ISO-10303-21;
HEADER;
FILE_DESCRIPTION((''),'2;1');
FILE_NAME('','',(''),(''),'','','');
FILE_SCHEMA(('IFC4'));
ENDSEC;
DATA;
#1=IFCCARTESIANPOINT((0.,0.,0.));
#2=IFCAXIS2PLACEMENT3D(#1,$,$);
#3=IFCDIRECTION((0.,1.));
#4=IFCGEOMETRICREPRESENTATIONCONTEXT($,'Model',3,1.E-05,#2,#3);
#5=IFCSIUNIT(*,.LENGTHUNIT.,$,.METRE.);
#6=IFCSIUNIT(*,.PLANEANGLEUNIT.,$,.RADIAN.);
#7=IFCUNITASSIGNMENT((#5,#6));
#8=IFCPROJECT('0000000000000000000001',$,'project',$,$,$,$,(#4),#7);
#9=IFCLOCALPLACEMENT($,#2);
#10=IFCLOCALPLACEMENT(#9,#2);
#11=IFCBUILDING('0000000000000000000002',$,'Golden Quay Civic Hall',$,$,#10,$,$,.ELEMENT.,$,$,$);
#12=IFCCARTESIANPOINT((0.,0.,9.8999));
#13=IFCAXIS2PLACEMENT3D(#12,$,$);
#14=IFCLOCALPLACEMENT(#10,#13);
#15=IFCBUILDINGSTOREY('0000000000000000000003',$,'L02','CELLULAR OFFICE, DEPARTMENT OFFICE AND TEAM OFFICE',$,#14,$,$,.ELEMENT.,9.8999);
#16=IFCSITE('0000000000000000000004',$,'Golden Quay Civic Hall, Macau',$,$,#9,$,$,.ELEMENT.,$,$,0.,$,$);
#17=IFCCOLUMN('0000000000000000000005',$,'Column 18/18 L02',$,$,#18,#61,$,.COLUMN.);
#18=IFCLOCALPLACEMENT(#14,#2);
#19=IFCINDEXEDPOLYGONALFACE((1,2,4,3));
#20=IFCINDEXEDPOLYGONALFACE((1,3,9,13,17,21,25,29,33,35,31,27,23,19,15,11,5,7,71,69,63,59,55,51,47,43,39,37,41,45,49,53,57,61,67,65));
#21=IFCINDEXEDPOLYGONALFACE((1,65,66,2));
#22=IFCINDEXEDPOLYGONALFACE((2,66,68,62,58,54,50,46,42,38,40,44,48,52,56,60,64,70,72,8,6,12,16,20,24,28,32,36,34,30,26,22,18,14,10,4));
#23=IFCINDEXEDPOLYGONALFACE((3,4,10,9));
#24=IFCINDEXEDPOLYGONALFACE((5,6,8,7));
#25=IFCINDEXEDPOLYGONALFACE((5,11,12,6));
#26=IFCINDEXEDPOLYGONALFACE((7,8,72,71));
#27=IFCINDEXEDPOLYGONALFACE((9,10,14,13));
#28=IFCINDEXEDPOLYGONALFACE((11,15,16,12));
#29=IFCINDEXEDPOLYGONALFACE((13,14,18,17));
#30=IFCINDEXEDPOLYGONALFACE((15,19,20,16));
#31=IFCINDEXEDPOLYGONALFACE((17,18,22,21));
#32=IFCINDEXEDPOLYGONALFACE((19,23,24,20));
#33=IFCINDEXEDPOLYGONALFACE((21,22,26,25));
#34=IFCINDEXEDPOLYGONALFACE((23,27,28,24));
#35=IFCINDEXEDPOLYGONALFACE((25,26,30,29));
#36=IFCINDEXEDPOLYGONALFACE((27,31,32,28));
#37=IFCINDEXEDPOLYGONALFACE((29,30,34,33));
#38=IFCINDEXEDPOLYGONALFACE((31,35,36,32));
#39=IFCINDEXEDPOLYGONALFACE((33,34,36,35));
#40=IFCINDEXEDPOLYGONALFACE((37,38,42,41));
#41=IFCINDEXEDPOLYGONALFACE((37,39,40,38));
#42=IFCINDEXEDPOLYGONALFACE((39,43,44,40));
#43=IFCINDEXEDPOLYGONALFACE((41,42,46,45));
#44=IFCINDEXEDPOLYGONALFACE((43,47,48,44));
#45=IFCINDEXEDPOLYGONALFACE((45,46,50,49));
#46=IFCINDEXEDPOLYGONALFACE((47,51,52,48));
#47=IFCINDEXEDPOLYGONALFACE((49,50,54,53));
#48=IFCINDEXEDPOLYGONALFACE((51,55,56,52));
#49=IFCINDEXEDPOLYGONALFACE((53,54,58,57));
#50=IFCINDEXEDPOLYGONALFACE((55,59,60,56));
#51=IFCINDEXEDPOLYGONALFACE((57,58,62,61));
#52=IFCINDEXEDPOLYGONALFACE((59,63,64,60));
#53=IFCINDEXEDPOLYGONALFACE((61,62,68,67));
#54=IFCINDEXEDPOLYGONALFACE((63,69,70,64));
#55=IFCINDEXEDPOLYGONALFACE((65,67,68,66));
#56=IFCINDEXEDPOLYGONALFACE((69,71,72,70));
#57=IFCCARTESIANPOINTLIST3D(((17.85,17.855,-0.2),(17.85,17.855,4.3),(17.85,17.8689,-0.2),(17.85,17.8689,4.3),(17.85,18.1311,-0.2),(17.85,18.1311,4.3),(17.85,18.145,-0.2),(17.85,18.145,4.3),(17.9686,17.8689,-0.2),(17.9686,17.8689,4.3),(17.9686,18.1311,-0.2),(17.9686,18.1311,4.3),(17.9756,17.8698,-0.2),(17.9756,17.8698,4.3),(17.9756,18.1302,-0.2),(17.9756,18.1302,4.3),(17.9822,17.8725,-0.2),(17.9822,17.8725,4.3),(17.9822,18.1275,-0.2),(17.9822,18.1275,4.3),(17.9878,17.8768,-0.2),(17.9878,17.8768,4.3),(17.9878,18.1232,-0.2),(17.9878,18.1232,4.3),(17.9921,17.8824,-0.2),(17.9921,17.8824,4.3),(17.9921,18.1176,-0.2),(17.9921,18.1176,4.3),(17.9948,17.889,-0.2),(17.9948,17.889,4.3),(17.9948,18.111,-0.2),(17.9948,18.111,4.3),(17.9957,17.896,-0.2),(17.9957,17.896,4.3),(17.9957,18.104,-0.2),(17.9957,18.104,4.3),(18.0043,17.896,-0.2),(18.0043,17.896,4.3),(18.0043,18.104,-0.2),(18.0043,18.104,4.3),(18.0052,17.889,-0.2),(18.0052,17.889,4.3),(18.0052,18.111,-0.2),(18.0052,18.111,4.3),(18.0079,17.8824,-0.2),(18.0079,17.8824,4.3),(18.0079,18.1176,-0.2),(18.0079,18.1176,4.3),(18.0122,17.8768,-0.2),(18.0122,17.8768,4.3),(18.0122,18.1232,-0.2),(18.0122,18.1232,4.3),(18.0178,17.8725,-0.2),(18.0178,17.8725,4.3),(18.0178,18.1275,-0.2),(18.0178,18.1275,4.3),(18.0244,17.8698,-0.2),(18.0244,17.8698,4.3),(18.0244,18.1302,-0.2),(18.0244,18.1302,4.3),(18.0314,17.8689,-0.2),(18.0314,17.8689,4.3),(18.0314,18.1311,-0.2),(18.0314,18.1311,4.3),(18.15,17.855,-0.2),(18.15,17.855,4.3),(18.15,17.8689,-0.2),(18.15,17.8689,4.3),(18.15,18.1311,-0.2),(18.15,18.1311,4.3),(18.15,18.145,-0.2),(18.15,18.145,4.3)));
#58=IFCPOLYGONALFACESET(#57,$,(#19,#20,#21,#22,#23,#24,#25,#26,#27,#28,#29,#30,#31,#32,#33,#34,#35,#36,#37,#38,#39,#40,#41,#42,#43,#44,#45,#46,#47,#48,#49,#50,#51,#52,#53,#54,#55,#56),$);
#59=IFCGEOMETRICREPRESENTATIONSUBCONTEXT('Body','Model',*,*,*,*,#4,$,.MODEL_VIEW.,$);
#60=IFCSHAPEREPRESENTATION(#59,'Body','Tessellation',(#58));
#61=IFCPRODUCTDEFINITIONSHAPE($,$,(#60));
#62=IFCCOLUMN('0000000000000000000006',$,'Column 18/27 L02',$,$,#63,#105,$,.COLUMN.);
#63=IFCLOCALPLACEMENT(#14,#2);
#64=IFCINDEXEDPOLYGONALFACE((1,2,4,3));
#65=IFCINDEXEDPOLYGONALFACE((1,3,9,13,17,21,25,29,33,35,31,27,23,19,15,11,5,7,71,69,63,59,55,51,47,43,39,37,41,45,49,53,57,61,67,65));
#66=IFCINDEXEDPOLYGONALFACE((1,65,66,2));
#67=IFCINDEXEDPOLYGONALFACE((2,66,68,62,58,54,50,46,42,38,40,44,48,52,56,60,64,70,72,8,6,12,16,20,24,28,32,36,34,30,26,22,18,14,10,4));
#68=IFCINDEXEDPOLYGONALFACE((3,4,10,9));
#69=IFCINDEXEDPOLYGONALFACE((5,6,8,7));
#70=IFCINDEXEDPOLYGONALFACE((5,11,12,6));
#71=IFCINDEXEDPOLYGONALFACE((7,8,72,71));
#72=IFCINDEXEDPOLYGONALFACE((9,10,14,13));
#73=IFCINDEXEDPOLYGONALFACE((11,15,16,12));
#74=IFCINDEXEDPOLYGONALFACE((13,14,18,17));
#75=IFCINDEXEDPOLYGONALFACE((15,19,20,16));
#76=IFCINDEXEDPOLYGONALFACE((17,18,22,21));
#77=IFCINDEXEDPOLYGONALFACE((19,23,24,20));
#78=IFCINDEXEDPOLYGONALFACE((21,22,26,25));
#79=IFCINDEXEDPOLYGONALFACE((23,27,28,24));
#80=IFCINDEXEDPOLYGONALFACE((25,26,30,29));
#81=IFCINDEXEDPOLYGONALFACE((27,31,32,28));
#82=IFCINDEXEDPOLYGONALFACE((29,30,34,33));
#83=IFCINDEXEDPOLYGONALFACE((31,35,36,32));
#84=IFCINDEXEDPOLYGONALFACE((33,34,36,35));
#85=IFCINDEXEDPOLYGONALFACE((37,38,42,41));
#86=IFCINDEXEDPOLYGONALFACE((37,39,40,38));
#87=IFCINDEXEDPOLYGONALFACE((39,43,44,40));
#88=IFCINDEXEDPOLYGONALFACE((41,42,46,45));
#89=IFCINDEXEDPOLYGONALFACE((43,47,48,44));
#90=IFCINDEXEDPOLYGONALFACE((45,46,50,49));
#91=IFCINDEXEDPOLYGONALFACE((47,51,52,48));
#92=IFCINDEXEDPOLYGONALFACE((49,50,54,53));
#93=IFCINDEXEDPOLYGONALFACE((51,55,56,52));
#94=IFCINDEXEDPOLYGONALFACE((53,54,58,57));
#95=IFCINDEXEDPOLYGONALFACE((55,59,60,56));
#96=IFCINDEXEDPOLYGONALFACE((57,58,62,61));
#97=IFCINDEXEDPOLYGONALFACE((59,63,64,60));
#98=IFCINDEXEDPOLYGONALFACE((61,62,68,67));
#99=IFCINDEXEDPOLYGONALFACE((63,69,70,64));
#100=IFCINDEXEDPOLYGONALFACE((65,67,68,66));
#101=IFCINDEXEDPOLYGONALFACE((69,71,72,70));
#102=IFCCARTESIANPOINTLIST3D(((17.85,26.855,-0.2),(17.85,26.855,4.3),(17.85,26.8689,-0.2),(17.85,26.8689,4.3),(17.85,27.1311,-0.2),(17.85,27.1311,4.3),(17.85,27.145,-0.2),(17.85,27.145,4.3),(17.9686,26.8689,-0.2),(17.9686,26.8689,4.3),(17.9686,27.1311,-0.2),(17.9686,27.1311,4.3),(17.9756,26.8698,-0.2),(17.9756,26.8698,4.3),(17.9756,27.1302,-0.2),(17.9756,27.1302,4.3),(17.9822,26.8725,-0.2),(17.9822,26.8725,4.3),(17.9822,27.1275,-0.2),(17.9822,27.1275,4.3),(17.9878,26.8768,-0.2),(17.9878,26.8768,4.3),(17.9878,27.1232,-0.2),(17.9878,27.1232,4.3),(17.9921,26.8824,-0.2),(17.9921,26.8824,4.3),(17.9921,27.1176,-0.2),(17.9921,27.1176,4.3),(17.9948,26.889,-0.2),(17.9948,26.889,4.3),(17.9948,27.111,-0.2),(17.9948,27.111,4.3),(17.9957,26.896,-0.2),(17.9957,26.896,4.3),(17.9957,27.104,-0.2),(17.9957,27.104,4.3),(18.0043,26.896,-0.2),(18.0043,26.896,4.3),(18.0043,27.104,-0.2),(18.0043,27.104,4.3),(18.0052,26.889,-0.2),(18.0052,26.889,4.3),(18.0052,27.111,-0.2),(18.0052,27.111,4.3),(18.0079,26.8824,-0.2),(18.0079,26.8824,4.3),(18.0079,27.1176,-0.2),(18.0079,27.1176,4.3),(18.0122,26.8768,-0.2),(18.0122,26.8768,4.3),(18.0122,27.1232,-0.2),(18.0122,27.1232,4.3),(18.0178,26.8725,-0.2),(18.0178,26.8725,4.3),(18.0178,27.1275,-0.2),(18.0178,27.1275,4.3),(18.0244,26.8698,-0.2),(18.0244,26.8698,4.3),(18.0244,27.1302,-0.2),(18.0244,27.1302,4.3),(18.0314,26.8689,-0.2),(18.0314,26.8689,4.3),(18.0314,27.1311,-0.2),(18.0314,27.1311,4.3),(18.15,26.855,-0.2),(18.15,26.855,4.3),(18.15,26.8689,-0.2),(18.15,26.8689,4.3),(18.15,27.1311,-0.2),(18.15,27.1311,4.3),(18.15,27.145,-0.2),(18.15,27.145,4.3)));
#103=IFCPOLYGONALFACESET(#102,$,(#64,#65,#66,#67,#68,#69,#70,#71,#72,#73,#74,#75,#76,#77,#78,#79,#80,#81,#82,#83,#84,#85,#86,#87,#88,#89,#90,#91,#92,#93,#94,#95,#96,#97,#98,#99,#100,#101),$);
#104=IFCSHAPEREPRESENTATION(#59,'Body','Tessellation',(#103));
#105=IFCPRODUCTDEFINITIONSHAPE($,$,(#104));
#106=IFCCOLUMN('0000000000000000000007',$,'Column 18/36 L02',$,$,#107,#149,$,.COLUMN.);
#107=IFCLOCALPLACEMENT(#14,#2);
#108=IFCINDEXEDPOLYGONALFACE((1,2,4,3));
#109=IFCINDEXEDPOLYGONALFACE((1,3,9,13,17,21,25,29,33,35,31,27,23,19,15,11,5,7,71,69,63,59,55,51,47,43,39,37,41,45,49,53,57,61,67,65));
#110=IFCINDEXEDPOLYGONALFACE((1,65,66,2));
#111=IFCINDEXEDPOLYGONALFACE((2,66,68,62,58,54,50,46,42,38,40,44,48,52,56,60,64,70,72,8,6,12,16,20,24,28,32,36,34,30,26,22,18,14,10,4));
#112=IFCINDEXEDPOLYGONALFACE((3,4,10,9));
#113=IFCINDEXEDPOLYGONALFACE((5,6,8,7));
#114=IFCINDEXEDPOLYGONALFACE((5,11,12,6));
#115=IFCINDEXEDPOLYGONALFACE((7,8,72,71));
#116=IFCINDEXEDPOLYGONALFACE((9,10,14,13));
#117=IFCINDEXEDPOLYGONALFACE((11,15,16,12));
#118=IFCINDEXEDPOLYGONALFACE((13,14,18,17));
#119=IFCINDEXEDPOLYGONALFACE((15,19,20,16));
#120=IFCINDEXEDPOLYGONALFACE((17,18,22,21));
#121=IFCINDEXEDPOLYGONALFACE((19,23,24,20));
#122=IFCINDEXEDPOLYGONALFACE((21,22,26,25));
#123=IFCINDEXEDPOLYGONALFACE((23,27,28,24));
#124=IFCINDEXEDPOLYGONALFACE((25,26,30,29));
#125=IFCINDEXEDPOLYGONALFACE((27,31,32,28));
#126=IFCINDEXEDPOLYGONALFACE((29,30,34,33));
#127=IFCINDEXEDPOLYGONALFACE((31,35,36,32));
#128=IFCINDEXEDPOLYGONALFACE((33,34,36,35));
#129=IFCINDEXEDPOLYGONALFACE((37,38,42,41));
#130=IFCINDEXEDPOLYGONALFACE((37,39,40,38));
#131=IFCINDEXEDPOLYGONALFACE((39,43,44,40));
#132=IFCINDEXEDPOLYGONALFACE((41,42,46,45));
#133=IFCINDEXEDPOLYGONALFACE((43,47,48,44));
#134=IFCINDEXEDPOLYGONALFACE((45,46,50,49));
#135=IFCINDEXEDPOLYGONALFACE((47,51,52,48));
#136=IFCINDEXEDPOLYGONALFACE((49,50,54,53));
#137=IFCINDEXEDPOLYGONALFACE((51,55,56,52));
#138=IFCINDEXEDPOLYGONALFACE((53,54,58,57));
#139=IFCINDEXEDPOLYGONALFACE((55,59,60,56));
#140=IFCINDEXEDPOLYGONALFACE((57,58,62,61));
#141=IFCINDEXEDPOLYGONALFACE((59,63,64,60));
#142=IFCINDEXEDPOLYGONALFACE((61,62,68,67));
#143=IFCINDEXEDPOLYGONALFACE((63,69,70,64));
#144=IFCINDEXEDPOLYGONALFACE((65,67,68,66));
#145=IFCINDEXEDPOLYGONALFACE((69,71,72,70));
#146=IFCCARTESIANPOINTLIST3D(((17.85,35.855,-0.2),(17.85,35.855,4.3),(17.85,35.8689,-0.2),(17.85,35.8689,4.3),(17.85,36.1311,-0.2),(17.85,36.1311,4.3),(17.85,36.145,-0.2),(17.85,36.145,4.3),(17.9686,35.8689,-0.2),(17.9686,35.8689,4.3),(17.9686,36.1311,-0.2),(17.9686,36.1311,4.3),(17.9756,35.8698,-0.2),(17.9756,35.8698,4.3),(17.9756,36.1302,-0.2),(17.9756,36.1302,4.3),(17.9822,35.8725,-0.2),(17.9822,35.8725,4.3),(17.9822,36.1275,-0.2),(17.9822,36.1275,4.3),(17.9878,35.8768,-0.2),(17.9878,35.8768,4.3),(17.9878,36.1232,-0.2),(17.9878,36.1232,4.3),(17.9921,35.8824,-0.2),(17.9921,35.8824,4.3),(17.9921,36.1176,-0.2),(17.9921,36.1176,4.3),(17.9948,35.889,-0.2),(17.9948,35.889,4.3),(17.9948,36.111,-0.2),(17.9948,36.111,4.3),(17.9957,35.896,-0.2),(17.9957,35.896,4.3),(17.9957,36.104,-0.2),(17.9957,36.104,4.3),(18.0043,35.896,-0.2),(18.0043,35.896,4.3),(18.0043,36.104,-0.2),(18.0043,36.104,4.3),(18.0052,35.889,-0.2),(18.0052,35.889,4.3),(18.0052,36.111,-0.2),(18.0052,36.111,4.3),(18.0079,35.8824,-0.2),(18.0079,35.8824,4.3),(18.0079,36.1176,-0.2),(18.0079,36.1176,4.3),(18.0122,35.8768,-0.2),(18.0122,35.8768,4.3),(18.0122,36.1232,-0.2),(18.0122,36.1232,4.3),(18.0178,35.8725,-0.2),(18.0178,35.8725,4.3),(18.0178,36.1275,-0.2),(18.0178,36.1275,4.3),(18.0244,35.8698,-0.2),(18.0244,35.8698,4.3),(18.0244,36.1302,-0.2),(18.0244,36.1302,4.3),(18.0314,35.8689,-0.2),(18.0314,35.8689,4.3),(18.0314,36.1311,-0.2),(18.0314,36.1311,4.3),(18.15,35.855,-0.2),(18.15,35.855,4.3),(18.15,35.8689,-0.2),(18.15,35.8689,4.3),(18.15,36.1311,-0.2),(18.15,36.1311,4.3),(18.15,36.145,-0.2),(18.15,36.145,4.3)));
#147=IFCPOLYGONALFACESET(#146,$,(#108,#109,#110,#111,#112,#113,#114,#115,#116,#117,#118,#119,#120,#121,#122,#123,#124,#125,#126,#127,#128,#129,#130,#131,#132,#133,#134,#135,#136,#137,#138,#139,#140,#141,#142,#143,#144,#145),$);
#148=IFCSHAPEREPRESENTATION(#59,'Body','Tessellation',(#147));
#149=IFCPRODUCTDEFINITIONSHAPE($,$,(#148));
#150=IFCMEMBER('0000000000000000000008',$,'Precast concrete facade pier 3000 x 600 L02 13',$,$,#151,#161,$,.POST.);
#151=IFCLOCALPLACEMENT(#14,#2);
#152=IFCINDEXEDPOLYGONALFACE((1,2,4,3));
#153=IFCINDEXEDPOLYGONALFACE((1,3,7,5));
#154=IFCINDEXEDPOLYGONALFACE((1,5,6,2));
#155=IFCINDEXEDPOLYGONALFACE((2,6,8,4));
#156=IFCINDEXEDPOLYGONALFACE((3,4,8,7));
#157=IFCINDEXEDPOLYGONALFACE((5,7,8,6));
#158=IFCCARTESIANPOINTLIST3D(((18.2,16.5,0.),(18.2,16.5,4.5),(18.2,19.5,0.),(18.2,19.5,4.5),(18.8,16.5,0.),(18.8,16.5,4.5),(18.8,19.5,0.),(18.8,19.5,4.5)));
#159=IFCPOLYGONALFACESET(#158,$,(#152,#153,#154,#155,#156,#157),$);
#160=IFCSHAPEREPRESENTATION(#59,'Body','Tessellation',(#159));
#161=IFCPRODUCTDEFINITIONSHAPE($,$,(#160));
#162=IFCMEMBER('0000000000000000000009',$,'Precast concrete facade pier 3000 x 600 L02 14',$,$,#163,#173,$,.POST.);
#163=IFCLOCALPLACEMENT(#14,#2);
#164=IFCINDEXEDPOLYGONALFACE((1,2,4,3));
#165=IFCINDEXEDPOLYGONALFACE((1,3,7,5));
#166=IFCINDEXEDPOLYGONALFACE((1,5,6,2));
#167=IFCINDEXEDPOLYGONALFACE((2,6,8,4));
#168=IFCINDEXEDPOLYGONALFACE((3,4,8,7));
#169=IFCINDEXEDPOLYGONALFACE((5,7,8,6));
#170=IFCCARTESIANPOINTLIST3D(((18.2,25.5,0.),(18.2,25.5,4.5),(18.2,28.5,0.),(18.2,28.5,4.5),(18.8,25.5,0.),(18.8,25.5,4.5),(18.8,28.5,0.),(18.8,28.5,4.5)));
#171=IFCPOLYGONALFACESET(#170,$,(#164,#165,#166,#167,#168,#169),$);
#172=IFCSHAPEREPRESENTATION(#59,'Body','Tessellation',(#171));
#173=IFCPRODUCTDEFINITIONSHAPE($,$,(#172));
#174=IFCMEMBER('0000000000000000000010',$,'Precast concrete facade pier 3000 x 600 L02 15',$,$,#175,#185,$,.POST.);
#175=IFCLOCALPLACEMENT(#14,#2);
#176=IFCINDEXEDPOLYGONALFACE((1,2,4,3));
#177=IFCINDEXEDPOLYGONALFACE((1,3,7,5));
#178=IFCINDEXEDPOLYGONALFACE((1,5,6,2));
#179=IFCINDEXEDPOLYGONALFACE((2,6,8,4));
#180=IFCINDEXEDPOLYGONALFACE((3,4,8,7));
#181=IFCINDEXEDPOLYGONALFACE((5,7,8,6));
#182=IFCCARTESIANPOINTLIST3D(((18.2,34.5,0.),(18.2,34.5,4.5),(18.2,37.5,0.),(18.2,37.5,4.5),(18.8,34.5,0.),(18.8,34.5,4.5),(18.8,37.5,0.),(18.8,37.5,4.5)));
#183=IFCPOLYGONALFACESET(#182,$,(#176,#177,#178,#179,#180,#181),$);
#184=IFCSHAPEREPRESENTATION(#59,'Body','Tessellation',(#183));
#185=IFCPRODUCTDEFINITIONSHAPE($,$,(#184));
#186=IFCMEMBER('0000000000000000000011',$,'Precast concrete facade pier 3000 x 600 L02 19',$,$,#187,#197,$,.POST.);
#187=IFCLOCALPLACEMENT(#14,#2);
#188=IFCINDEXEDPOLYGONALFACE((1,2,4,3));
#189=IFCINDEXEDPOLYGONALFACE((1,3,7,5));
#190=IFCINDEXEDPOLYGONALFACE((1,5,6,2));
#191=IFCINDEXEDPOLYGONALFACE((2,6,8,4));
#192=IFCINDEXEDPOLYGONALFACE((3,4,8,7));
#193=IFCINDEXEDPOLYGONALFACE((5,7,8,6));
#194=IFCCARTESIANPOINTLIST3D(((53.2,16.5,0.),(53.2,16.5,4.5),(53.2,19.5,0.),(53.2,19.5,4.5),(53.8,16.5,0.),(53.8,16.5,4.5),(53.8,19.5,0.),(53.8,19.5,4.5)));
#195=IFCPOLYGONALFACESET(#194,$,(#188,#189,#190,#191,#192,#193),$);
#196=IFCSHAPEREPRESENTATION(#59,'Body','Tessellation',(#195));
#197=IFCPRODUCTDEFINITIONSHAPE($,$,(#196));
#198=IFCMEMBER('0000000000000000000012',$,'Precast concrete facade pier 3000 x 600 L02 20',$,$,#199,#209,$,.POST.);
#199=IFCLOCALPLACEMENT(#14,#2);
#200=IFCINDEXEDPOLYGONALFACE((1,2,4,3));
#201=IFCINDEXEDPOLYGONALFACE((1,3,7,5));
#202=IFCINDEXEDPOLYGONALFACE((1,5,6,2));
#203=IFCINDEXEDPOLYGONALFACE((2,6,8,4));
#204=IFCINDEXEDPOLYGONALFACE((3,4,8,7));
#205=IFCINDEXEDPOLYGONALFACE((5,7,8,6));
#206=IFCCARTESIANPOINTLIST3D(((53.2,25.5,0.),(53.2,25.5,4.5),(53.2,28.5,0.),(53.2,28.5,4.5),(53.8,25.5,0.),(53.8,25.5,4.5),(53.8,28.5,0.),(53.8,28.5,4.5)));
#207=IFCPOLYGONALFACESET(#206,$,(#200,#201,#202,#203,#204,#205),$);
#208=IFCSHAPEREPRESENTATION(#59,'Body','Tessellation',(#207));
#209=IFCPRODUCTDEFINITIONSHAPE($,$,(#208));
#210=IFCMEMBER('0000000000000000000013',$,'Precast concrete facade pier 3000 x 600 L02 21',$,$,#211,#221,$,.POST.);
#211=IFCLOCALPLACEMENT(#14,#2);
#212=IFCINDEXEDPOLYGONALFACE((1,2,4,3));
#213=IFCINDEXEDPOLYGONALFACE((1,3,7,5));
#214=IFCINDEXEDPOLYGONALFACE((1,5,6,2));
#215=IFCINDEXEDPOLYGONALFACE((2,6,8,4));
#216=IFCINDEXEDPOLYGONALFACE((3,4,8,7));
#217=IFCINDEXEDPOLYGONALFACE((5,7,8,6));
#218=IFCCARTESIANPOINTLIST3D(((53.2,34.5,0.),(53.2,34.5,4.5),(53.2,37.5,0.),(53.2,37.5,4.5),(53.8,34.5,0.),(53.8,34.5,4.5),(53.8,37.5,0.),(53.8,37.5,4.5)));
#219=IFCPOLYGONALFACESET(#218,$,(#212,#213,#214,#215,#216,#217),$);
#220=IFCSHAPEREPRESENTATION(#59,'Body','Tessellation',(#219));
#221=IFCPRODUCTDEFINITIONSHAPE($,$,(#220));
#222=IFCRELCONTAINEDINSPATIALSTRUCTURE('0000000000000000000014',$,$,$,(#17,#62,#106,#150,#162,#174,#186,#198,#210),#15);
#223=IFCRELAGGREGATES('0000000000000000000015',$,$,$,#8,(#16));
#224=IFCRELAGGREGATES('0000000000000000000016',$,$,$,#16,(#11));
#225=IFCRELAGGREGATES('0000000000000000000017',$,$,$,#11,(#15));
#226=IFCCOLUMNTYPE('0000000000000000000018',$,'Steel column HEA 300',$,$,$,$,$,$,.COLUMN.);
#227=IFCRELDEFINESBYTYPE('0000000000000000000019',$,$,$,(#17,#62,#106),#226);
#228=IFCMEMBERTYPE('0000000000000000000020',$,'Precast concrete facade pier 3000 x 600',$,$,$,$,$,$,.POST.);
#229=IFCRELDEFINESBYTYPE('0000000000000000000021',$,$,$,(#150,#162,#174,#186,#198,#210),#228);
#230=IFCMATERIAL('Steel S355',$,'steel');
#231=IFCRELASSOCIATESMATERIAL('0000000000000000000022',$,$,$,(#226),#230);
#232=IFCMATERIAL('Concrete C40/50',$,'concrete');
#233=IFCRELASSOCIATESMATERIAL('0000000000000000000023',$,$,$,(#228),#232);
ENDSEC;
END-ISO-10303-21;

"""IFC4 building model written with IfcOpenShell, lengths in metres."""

from ifc_helpers import new_model, si_unit, direction, frame, origin, origin_2d, place, context, subcontext, project, spatial, rectangle, i_section, extrude, material, material_profile, profile_set, type_object, element, save


model = new_model("IFC4")

# Units and contexts
model_context = context("Model", 3, precision=1e-05, world=origin(), true_north=direction((0.0, 1.0)))
body_context = subcontext(model_context, "Body", "Model", "MODEL_VIEW")
ifc_project = project(units=[si_unit("LENGTHUNIT", "METRE"), si_unit("PLANEANGLEUNIT", "RADIAN")], contexts=[model_context])

# Site, building, storey
site_placement = place(None, origin())
site = spatial("IfcSite", under=ifc_project, at=site_placement, Name="Golden Quay Civic Hall, Macau", CompositionType="ELEMENT", RefElevation=0.0)
building_placement = place(site_placement, origin())
building = spatial("IfcBuilding", under=site, at=building_placement, Name="Golden Quay Civic Hall", CompositionType="ELEMENT")
storey_placement = place(building_placement, frame((0.0, 0.0, 9.8999)))
storey = spatial("IfcBuildingStorey", under=building, at=storey_placement, Name="L02", Description="CELLULAR OFFICE, DEPARTMENT OFFICE AND TEAM OFFICE", CompositionType="ELEMENT", Elevation=9.8999)

# Columns
ifc_material_1 = material(Name="Steel S355", Category="steel")
ifc_material_profile_1 = material_profile(ifc_material_1, i_section(OverallWidth=0.3, OverallDepth=0.29, WebThickness=0.0085, FlangeThickness=0.0139, FilletRadius=0.0271, at=origin_2d()), Name="HEA 300")
ifc_profile_set_1 = profile_set([ifc_material_profile_1], Name="Steel S355")
column_type = type_object("IfcColumnType", Name="Steel column HEA 300", PredefinedType="COLUMN", material=ifc_profile_set_1)
for number, where, z_axis, x_axis, name in (
    (1, (18.0, 18.0, -0.2), (0.0, 0.0, 1.0), (1.0, 0.0, 0.0), "Column 18/18 L02"),
    (2, (18.0, 27.0, -0.2), (0.0, 0.0, 1.0), (1.0, 0.0, 0.0), "Column 18/27 L02"),
    (3, (18.0, 36.0, -0.2), (0.0, 0.0, 1.0), (1.0, 0.0, 0.0), "Column 18/36 L02"),
):
    element("IfcColumn", number, at=place(storey_placement, frame(where, z_axis=z_axis, x_axis=x_axis)), inside=storey, type_object=column_type, Name=name, PredefinedType="COLUMN", context=body_context, shape_type="SweptSolid", body=[
        extrude(i_section(OverallWidth=0.3, OverallDepth=0.29, WebThickness=0.0085, FlangeThickness=0.0139, FilletRadius=0.0271, at=origin_2d()), origin(), (0.0, 0.0, 1.0), 4.5),
    ])

# Members
ifc_material_2 = material(Name="Concrete C40/50", Category="concrete")
ifc_material_profile_2 = material_profile(ifc_material_2, rectangle(XDim=3.0, YDim=0.6001, at=origin_2d()), Name="RC 3000x600")
ifc_profile_set_2 = profile_set([ifc_material_profile_2], Name="Concrete C40/50")
member_type = type_object("IfcMemberType", Name="Precast concrete facade pier 3000 x 600", PredefinedType="POST", material=ifc_profile_set_2)
for number, where, z_axis, x_axis, name in (
    (4, (18.5, 18.0, 0.0), (0.0, 0.0, 1.0), (0.0, 1.0, 0.0), "Precast concrete facade pier 3000 x 600 L02 13"),
    (5, (18.5, 27.0, 0.0), (0.0, 0.0, 1.0), (0.0, 1.0, 0.0), "Precast concrete facade pier 3000 x 600 L02 14"),
    (6, (18.5, 36.0, 0.0), (0.0, 0.0, 1.0), (0.0, 1.0, 0.0), "Precast concrete facade pier 3000 x 600 L02 15"),
    (7, (53.5, 18.0, 0.0), (0.0, 0.0, 1.0), (0.0, 1.0, 0.0), "Precast concrete facade pier 3000 x 600 L02 19"),
    (8, (53.5, 27.0, 0.0), (0.0, 0.0, 1.0), (0.0, 1.0, 0.0), "Precast concrete facade pier 3000 x 600 L02 20"),
    (9, (53.5, 36.0, 0.0), (0.0, 0.0, 1.0), (0.0, 1.0, 0.0), "Precast concrete facade pier 3000 x 600 L02 21"),
):
    element("IfcMember", number, at=place(storey_placement, frame(where, z_axis=z_axis, x_axis=x_axis)), inside=storey, type_object=member_type, Name=name, PredefinedType="POST", context=body_context, shape_type="SweptSolid", body=[
        extrude(rectangle(XDim=3.0, YDim=0.6001, at=origin_2d()), origin(), (0.0, 0.0, 1.0), 4.5),
    ])

save(model, "model.ifc")
